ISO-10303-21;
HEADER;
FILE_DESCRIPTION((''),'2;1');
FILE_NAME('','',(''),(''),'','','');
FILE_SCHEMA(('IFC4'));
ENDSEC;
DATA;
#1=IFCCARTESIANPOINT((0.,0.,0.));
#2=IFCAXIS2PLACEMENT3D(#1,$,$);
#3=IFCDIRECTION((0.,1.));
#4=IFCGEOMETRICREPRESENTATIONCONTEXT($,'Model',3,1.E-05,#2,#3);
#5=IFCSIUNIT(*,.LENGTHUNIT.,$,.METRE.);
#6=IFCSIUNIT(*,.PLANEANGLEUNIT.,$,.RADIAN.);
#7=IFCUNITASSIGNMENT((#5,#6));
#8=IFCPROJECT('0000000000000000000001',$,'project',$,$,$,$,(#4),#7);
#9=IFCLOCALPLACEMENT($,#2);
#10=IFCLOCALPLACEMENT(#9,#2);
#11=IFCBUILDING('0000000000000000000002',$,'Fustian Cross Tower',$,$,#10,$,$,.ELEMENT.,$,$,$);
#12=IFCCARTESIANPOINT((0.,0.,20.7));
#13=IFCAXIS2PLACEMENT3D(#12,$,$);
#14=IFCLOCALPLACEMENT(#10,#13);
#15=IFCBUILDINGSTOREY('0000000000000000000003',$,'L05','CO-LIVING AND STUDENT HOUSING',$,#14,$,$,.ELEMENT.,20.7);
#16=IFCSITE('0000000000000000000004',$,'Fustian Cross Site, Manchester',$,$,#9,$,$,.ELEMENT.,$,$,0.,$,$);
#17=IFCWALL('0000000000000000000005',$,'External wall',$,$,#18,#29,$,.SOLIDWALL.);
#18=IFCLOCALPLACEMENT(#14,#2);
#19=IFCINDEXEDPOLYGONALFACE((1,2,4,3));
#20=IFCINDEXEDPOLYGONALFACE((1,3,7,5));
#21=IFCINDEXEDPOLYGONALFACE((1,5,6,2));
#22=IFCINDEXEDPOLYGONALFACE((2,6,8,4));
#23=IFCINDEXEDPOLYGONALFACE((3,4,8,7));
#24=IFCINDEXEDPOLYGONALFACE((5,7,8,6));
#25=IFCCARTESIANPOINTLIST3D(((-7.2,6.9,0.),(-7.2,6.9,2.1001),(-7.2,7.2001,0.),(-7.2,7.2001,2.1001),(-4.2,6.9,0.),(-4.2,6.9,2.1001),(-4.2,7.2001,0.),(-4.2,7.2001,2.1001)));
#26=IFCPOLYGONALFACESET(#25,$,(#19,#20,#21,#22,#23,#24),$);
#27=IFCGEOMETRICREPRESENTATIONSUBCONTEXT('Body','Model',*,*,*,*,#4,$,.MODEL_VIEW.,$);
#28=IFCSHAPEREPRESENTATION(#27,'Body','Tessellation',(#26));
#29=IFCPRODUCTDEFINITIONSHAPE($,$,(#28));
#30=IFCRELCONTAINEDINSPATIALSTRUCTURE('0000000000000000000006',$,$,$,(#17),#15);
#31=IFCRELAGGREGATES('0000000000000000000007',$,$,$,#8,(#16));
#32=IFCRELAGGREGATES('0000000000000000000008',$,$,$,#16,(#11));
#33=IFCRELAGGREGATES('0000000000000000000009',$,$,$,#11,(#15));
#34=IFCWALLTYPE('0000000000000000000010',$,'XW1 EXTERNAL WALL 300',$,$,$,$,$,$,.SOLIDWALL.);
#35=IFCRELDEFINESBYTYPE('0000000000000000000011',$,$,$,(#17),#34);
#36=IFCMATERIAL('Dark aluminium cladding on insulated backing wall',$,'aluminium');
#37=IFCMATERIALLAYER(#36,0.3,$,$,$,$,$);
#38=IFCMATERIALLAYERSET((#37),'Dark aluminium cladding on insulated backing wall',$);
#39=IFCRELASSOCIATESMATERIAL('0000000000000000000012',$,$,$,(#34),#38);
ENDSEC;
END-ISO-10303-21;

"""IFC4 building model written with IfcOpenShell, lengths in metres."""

from ifc_helpers import new_model, si_unit, direction, frame, frame_2d, origin, place, context, subcontext, project, spatial, rectangle, extrude, material, layer, layer_set, type_object, element, save


model = new_model("IFC4")

# Units and contexts
model_context = context("Model", 3, precision=1e-05, world=origin(), true_north=direction((0.0, 1.0)))
body_context = subcontext(model_context, "Body", "Model", "MODEL_VIEW")
ifc_project = project(units=[si_unit("LENGTHUNIT", "METRE"), si_unit("PLANEANGLEUNIT", "RADIAN")], contexts=[model_context])

# Site, building, storey
site_placement = place(None, origin())
site = spatial("IfcSite", under=ifc_project, at=site_placement, Name="Fustian Cross Site, Manchester", CompositionType="ELEMENT", RefElevation=0.0)
building_placement = place(site_placement, origin())
building = spatial("IfcBuilding", under=site, at=building_placement, Name="Fustian Cross Tower", CompositionType="ELEMENT")
storey_placement = place(building_placement, frame((0.0, 0.0, 20.7)))
storey = spatial("IfcBuildingStorey", under=building, at=storey_placement, Name="L05", Description="CO-LIVING AND STUDENT HOUSING", CompositionType="ELEMENT", Elevation=20.7)

# Wall
ifc_material_1 = material(Name="Dark aluminium cladding on insulated backing wall", Category="aluminium")
ifc_layer_1 = layer(ifc_material_1, 0.3)
ifc_layer_set_1 = layer_set([ifc_layer_1], Name="Dark aluminium cladding on insulated backing wall")
wall_type_1 = type_object("IfcWallType", Name="XW1 EXTERNAL WALL 300", PredefinedType="SOLIDWALL", material=ifc_layer_set_1)
wall_1_placement = place(storey_placement, frame((-4.2, 7.05, 0.0), z_axis=(0.0, 0.0, 1.0), x_axis=(-1.0, 0.0, 0.0)))
element("IfcWall", 1, at=wall_1_placement, inside=storey, type_object=wall_type_1, Name="External wall", PredefinedType="SOLIDWALL", context=body_context, shape_type="SweptSolid", body=[
    extrude(rectangle(XDim=3.0, YDim=0.3, at=frame_2d((1.5, 0.0))), origin(), (0.0, 0.0, 1.0), 2.1001),
])

save(model, "model.ifc")
